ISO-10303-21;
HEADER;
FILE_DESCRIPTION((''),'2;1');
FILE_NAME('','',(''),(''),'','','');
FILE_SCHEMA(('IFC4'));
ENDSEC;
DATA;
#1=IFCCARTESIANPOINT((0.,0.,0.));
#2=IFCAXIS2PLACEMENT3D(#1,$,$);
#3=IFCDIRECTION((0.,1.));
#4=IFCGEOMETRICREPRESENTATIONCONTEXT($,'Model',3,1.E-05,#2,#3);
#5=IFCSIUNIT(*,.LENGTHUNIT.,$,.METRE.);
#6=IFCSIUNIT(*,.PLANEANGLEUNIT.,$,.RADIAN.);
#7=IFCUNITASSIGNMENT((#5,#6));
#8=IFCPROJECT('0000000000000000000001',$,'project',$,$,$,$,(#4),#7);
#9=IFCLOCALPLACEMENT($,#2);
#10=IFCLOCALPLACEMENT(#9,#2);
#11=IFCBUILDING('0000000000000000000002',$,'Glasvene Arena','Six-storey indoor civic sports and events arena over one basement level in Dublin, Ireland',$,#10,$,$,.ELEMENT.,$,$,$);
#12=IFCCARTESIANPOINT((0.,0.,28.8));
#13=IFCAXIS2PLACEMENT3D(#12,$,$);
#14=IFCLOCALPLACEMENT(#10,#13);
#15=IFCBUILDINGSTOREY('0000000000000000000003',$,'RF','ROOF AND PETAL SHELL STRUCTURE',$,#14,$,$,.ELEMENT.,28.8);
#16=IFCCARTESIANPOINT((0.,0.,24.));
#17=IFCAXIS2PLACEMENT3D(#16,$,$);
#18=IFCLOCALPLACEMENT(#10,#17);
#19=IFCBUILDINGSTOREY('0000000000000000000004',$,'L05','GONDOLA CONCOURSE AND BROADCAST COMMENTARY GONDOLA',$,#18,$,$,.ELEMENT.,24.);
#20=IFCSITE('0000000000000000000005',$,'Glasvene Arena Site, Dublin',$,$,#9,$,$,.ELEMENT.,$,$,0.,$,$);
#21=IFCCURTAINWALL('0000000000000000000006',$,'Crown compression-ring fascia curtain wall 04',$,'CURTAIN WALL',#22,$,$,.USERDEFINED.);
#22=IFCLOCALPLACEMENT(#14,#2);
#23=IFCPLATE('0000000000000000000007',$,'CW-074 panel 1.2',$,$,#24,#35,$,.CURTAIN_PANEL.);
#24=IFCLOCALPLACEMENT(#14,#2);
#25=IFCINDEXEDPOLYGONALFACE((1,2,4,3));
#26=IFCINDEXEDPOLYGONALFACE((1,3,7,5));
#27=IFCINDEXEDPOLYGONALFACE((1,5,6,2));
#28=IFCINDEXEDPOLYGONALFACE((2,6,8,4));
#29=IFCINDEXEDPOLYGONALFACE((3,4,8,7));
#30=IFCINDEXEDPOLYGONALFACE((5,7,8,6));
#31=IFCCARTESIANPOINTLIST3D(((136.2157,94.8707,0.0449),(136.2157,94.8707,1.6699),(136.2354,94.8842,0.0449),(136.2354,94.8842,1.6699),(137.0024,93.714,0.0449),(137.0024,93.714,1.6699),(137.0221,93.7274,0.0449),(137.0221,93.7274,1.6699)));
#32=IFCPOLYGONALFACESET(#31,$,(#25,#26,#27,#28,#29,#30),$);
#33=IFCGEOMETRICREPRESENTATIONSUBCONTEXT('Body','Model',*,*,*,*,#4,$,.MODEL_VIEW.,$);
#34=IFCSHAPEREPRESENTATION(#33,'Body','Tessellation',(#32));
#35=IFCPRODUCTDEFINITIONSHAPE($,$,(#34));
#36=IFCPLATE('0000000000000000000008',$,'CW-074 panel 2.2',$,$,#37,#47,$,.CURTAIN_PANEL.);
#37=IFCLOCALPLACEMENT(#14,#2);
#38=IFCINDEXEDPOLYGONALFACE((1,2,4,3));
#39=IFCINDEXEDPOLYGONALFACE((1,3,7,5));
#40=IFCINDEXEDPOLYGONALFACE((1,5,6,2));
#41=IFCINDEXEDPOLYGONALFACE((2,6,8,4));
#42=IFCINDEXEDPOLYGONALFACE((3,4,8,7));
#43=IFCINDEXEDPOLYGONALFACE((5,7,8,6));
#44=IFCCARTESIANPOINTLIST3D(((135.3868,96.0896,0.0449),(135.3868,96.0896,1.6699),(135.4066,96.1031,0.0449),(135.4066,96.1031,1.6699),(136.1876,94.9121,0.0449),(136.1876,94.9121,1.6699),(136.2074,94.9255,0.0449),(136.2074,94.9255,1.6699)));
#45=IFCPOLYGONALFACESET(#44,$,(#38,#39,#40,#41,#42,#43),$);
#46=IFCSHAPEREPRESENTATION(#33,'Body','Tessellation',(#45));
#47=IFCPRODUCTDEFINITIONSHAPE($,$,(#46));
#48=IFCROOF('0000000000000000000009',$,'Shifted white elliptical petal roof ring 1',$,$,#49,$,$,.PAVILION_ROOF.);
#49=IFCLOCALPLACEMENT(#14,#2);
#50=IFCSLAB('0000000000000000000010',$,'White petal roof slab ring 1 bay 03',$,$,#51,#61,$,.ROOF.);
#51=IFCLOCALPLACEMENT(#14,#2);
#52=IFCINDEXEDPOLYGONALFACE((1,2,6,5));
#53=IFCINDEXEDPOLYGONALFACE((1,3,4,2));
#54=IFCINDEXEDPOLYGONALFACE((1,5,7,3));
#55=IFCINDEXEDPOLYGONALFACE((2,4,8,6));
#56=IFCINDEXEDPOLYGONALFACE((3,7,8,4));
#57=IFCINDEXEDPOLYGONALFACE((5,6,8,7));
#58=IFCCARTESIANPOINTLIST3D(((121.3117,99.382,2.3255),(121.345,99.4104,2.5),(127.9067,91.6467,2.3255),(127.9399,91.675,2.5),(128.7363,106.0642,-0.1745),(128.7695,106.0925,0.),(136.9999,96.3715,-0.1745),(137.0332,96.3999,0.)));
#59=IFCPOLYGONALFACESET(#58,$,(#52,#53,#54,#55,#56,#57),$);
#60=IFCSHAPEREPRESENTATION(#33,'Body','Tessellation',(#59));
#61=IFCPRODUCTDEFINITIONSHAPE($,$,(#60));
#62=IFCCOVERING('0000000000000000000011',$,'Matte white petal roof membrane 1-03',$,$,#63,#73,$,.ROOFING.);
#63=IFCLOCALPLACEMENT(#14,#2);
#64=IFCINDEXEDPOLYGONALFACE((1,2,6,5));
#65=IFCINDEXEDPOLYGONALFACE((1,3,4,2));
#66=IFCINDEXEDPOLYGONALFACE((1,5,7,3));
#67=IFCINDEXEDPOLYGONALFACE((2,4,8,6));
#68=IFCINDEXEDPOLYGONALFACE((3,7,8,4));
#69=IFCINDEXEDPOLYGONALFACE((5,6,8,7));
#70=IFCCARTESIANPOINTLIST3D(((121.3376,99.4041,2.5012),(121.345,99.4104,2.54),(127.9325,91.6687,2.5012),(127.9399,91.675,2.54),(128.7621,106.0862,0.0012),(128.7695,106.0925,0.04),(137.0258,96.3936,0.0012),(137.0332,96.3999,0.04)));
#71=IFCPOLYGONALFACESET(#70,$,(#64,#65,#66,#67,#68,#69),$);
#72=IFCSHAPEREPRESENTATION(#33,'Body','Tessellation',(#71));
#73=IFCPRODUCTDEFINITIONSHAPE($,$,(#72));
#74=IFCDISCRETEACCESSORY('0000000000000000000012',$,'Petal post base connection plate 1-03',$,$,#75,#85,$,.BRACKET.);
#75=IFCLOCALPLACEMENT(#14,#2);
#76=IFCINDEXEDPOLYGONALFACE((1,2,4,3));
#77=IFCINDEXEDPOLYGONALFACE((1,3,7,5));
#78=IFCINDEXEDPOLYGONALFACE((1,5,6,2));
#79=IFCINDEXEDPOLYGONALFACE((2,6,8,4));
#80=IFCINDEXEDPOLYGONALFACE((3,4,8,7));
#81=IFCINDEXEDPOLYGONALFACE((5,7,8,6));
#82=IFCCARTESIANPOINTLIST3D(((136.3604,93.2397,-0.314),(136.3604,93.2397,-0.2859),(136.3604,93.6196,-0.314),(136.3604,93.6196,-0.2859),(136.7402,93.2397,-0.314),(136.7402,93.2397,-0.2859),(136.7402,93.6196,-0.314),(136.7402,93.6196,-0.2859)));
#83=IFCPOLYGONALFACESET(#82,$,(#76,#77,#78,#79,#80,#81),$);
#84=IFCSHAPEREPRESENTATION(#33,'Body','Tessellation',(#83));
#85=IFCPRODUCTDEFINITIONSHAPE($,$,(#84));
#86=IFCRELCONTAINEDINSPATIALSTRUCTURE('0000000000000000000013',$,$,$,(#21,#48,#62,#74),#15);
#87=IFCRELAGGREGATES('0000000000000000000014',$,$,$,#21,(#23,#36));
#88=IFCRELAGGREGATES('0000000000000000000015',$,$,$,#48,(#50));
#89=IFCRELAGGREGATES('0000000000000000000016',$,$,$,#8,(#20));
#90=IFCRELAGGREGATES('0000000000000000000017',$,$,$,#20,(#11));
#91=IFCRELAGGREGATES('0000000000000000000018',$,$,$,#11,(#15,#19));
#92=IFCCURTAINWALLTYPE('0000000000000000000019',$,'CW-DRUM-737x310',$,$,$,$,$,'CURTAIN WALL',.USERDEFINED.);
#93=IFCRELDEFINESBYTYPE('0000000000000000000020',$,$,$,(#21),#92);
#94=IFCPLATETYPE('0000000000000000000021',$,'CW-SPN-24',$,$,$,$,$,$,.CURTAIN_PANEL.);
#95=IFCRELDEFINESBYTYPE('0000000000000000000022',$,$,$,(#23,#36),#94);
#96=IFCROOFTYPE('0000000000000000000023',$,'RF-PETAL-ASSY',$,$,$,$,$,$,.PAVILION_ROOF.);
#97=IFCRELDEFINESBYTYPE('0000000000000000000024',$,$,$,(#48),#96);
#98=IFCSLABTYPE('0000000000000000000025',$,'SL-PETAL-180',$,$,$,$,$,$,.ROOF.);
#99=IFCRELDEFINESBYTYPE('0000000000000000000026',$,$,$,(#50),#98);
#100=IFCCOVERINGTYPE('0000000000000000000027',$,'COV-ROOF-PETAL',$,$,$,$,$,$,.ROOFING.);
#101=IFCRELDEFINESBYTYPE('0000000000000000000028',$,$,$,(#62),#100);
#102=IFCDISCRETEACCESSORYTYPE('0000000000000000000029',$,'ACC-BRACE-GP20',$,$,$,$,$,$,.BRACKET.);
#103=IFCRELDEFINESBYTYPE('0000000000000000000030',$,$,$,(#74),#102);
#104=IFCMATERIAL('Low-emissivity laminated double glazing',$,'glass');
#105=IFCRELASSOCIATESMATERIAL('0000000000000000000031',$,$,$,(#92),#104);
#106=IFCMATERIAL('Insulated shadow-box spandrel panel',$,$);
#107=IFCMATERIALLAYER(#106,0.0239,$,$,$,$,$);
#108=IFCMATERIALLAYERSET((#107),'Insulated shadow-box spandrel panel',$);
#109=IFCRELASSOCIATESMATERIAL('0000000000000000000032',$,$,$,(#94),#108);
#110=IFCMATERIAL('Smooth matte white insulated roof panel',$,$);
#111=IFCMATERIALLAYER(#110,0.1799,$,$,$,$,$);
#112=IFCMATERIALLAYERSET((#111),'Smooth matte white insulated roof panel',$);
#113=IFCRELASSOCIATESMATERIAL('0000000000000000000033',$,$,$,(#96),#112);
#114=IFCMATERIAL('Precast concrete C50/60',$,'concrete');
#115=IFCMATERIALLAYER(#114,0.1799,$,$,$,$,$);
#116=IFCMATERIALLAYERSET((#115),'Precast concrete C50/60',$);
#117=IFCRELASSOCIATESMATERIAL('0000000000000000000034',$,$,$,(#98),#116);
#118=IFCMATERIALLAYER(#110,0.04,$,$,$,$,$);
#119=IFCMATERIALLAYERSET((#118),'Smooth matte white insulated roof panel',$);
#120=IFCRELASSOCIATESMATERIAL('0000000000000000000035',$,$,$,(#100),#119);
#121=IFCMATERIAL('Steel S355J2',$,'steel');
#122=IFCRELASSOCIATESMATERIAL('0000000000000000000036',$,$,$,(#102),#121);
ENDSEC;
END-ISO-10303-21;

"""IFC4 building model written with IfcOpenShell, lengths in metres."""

from ifc_helpers import new_model, si_unit, direction, frame, origin, origin_2d, place, context, subcontext, project, spatial, polyline, rectangle, outline, extrude, material, layer, layer_set, type_object, element, aggregate, save


model = new_model("IFC4")

# Units and contexts
model_context = context("Model", 3, precision=1e-05, world=origin(), true_north=direction((0.0, 1.0)))
body_context = subcontext(model_context, "Body", "Model", "MODEL_VIEW")
ifc_project = project(units=[si_unit("LENGTHUNIT", "METRE"), si_unit("PLANEANGLEUNIT", "RADIAN")], contexts=[model_context])

# Site, building, storey
site_placement = place(None, origin())
site = spatial("IfcSite", under=ifc_project, at=site_placement, Name="Glasvene Arena Site, Dublin", CompositionType="ELEMENT", RefElevation=0.0)
building_placement = place(site_placement, origin())
building = spatial("IfcBuilding", under=site, at=building_placement, Name="Glasvene Arena", Description="Six-storey indoor civic sports and events arena over one basement level in Dublin, Ireland", CompositionType="ELEMENT")
storey_1_placement = place(building_placement, frame((0.0, 0.0, 28.8)))
storey_1 = spatial("IfcBuildingStorey", under=building, at=storey_1_placement, Name="RF", Description="ROOF AND PETAL SHELL STRUCTURE", CompositionType="ELEMENT", Elevation=28.8)

# Shared definitions
ifc_material_1 = material(Name="Low-emissivity laminated double glazing", Category="glass")

# Curtain wall
curtain_wall_type_1 = type_object("IfcCurtainWallType", Name="CW-DRUM-737x310", ElementType="CURTAIN WALL", PredefinedType="USERDEFINED", material=ifc_material_1)
curtain_wall_1_placement = place(storey_1_placement, frame((137.0403, 93.6792, 0.0)))
curtain_wall_1 = element("IfcCurtainWall", 1, at=curtain_wall_1_placement, inside=storey_1, type_object=curtain_wall_type_1, Name="Crown compression-ring fascia curtain wall 04", ObjectType="CURTAIN WALL", PredefinedType="USERDEFINED")

# Shared definitions
ifc_material_2 = material(Name="Steel S355J2", Category="steel")

# Plates
ifc_material_3 = material(Name="Insulated shadow-box spandrel panel")
ifc_layer_1 = layer(ifc_material_3, 0.0239)
ifc_layer_set_1 = layer_set([ifc_layer_1], Name="Insulated shadow-box spandrel panel")
plate_type = type_object("IfcPlateType", Name="CW-SPN-24", PredefinedType="CURTAIN_PANEL", material=ifc_layer_set_1)
plate_1_placement = place(storey_1_placement, frame((136.6189, 94.2991, 0.0449), z_axis=(0.0, 0.0, 1.0), x_axis=(-0.562354, 0.826896, 0.0)))
plate_1 = element("IfcPlate", 2, at=plate_1_placement, type_object=plate_type, Name="CW-074 panel 1.2", PredefinedType="CURTAIN_PANEL", context=body_context, shape_type="SweptSolid", body=[
    extrude(rectangle(XDim=1.3989, YDim=0.0239, at=origin_2d()), origin(), (0.0, 0.0, 1.0), 1.625),
])
plate_2_placement = place(storey_1_placement, frame((135.7971, 95.5076, 0.0449), z_axis=(0.0, 0.0, 1.0), x_axis=(-0.562354, 0.826896, 0.0)))
plate_2 = element("IfcPlate", 3, at=plate_2_placement, type_object=plate_type, Name="CW-074 panel 2.2", PredefinedType="CURTAIN_PANEL", context=body_context, shape_type="SweptSolid", body=[
    extrude(rectangle(XDim=1.4241, YDim=0.0239, at=origin_2d()), origin(), (0.0, 0.0, 1.0), 1.625),
])
aggregate(curtain_wall_1, [plate_1, plate_2])

# Roof, slab
ifc_material_4 = material(Name="Smooth matte white insulated roof panel")
ifc_layer_2 = layer(ifc_material_4, 0.1799)
ifc_layer_set_2 = layer_set([ifc_layer_2], Name="Smooth matte white insulated roof panel")
roof_type = type_object("IfcRoofType", Name="RF-PETAL-ASSY", PredefinedType="PAVILION_ROOF", material=ifc_layer_set_2)
roof_placement = place(storey_1_placement, frame((92.0, 73.0, 0.0)))
roof = element("IfcRoof", 4, at=roof_placement, inside=storey_1, type_object=roof_type, Name="Shifted white elliptical petal roof ring 1", PredefinedType="PAVILION_ROOF")
ifc_material_5 = material(Name="Precast concrete C50/60", Category="concrete")
ifc_layer_3 = layer(ifc_material_5, 0.1799)
ifc_layer_set_3 = layer_set([ifc_layer_3], Name="Precast concrete C50/60")
slab_type = type_object("IfcSlabType", Name="SL-PETAL-180", PredefinedType="ROOF", material=ifc_layer_set_3)
slab_1_placement = place(storey_1_placement, frame((137.0332, 96.3999, 0.0), z_axis=(0.184821, 0.157574, 0.970058), x_axis=(-0.648784, 0.760972, 0.0)))
slab_1 = element("IfcSlab", 5, at=slab_1_placement, type_object=slab_type, Name="White petal roof slab ring 1 bay 03", PredefinedType="ROOF", context=body_context, shape_type="SweptSolid", body=[
    extrude(outline(polyline([(0.0, 0.0), (12.7372, 0.0), (12.4692, 10.2934), (2.3041, 10.2933), (0.0, 0.0)])), origin(), (0.0, 0.0, -1.0), 0.1799),
])
aggregate(roof, [slab_1])

# Shared definitions
storey_2_placement = place(building_placement, frame((0.0, 0.0, 24.0)))
storey_2 = spatial("IfcBuildingStorey", under=building, at=storey_2_placement, Name="L05", Description="GONDOLA CONCOURSE AND BROADCAST COMMENTARY GONDOLA", CompositionType="ELEMENT", Elevation=24.0)

# Covering
ifc_layer_4 = layer(ifc_material_4, 0.04)
ifc_layer_set_4 = layer_set([ifc_layer_4], Name="Smooth matte white insulated roof panel")
covering_type = type_object("IfcCoveringType", Name="COV-ROOF-PETAL", PredefinedType="ROOFING", material=ifc_layer_set_4)
covering_placement = place(storey_1_placement, frame((137.0332, 96.3999, 0.04), z_axis=(0.184821, 0.157574, 0.970058), x_axis=(-0.648784, 0.760972, 0.0)))
element("IfcCovering", 6, at=covering_placement, inside=storey_1, type_object=covering_type, Name="Matte white petal roof membrane 1-03", PredefinedType="ROOFING", context=body_context, shape_type="SweptSolid", body=[
    extrude(outline(polyline([(0.0, 0.0), (12.7372, 0.0), (12.4692, 10.2934), (2.3041, 10.2933), (0.0, 0.0)])), origin(), (0.0, 0.0, -1.0), 0.04),
])

# Discrete accessory
discrete_accessory_type = type_object("IfcDiscreteAccessoryType", Name="ACC-BRACE-GP20", PredefinedType="BRACKET", material=ifc_material_2)
discrete_accessory_placement = place(storey_1_placement, frame((136.5503, 93.4297, -0.314), z_axis=(0.0, 0.0, 1.0), x_axis=(1.0, 0.0, 0.0)))
element("IfcDiscreteAccessory", 7, at=discrete_accessory_placement, inside=storey_1, type_object=discrete_accessory_type, Name="Petal post base connection plate 1-03", PredefinedType="BRACKET", context=body_context, shape_type="SweptSolid", body=[
    extrude(rectangle(XDim=0.3799, YDim=0.3799, at=origin_2d()), origin(), (0.0, 0.0, 1.0), 0.0281),
])

save(model, "model.ifc")
